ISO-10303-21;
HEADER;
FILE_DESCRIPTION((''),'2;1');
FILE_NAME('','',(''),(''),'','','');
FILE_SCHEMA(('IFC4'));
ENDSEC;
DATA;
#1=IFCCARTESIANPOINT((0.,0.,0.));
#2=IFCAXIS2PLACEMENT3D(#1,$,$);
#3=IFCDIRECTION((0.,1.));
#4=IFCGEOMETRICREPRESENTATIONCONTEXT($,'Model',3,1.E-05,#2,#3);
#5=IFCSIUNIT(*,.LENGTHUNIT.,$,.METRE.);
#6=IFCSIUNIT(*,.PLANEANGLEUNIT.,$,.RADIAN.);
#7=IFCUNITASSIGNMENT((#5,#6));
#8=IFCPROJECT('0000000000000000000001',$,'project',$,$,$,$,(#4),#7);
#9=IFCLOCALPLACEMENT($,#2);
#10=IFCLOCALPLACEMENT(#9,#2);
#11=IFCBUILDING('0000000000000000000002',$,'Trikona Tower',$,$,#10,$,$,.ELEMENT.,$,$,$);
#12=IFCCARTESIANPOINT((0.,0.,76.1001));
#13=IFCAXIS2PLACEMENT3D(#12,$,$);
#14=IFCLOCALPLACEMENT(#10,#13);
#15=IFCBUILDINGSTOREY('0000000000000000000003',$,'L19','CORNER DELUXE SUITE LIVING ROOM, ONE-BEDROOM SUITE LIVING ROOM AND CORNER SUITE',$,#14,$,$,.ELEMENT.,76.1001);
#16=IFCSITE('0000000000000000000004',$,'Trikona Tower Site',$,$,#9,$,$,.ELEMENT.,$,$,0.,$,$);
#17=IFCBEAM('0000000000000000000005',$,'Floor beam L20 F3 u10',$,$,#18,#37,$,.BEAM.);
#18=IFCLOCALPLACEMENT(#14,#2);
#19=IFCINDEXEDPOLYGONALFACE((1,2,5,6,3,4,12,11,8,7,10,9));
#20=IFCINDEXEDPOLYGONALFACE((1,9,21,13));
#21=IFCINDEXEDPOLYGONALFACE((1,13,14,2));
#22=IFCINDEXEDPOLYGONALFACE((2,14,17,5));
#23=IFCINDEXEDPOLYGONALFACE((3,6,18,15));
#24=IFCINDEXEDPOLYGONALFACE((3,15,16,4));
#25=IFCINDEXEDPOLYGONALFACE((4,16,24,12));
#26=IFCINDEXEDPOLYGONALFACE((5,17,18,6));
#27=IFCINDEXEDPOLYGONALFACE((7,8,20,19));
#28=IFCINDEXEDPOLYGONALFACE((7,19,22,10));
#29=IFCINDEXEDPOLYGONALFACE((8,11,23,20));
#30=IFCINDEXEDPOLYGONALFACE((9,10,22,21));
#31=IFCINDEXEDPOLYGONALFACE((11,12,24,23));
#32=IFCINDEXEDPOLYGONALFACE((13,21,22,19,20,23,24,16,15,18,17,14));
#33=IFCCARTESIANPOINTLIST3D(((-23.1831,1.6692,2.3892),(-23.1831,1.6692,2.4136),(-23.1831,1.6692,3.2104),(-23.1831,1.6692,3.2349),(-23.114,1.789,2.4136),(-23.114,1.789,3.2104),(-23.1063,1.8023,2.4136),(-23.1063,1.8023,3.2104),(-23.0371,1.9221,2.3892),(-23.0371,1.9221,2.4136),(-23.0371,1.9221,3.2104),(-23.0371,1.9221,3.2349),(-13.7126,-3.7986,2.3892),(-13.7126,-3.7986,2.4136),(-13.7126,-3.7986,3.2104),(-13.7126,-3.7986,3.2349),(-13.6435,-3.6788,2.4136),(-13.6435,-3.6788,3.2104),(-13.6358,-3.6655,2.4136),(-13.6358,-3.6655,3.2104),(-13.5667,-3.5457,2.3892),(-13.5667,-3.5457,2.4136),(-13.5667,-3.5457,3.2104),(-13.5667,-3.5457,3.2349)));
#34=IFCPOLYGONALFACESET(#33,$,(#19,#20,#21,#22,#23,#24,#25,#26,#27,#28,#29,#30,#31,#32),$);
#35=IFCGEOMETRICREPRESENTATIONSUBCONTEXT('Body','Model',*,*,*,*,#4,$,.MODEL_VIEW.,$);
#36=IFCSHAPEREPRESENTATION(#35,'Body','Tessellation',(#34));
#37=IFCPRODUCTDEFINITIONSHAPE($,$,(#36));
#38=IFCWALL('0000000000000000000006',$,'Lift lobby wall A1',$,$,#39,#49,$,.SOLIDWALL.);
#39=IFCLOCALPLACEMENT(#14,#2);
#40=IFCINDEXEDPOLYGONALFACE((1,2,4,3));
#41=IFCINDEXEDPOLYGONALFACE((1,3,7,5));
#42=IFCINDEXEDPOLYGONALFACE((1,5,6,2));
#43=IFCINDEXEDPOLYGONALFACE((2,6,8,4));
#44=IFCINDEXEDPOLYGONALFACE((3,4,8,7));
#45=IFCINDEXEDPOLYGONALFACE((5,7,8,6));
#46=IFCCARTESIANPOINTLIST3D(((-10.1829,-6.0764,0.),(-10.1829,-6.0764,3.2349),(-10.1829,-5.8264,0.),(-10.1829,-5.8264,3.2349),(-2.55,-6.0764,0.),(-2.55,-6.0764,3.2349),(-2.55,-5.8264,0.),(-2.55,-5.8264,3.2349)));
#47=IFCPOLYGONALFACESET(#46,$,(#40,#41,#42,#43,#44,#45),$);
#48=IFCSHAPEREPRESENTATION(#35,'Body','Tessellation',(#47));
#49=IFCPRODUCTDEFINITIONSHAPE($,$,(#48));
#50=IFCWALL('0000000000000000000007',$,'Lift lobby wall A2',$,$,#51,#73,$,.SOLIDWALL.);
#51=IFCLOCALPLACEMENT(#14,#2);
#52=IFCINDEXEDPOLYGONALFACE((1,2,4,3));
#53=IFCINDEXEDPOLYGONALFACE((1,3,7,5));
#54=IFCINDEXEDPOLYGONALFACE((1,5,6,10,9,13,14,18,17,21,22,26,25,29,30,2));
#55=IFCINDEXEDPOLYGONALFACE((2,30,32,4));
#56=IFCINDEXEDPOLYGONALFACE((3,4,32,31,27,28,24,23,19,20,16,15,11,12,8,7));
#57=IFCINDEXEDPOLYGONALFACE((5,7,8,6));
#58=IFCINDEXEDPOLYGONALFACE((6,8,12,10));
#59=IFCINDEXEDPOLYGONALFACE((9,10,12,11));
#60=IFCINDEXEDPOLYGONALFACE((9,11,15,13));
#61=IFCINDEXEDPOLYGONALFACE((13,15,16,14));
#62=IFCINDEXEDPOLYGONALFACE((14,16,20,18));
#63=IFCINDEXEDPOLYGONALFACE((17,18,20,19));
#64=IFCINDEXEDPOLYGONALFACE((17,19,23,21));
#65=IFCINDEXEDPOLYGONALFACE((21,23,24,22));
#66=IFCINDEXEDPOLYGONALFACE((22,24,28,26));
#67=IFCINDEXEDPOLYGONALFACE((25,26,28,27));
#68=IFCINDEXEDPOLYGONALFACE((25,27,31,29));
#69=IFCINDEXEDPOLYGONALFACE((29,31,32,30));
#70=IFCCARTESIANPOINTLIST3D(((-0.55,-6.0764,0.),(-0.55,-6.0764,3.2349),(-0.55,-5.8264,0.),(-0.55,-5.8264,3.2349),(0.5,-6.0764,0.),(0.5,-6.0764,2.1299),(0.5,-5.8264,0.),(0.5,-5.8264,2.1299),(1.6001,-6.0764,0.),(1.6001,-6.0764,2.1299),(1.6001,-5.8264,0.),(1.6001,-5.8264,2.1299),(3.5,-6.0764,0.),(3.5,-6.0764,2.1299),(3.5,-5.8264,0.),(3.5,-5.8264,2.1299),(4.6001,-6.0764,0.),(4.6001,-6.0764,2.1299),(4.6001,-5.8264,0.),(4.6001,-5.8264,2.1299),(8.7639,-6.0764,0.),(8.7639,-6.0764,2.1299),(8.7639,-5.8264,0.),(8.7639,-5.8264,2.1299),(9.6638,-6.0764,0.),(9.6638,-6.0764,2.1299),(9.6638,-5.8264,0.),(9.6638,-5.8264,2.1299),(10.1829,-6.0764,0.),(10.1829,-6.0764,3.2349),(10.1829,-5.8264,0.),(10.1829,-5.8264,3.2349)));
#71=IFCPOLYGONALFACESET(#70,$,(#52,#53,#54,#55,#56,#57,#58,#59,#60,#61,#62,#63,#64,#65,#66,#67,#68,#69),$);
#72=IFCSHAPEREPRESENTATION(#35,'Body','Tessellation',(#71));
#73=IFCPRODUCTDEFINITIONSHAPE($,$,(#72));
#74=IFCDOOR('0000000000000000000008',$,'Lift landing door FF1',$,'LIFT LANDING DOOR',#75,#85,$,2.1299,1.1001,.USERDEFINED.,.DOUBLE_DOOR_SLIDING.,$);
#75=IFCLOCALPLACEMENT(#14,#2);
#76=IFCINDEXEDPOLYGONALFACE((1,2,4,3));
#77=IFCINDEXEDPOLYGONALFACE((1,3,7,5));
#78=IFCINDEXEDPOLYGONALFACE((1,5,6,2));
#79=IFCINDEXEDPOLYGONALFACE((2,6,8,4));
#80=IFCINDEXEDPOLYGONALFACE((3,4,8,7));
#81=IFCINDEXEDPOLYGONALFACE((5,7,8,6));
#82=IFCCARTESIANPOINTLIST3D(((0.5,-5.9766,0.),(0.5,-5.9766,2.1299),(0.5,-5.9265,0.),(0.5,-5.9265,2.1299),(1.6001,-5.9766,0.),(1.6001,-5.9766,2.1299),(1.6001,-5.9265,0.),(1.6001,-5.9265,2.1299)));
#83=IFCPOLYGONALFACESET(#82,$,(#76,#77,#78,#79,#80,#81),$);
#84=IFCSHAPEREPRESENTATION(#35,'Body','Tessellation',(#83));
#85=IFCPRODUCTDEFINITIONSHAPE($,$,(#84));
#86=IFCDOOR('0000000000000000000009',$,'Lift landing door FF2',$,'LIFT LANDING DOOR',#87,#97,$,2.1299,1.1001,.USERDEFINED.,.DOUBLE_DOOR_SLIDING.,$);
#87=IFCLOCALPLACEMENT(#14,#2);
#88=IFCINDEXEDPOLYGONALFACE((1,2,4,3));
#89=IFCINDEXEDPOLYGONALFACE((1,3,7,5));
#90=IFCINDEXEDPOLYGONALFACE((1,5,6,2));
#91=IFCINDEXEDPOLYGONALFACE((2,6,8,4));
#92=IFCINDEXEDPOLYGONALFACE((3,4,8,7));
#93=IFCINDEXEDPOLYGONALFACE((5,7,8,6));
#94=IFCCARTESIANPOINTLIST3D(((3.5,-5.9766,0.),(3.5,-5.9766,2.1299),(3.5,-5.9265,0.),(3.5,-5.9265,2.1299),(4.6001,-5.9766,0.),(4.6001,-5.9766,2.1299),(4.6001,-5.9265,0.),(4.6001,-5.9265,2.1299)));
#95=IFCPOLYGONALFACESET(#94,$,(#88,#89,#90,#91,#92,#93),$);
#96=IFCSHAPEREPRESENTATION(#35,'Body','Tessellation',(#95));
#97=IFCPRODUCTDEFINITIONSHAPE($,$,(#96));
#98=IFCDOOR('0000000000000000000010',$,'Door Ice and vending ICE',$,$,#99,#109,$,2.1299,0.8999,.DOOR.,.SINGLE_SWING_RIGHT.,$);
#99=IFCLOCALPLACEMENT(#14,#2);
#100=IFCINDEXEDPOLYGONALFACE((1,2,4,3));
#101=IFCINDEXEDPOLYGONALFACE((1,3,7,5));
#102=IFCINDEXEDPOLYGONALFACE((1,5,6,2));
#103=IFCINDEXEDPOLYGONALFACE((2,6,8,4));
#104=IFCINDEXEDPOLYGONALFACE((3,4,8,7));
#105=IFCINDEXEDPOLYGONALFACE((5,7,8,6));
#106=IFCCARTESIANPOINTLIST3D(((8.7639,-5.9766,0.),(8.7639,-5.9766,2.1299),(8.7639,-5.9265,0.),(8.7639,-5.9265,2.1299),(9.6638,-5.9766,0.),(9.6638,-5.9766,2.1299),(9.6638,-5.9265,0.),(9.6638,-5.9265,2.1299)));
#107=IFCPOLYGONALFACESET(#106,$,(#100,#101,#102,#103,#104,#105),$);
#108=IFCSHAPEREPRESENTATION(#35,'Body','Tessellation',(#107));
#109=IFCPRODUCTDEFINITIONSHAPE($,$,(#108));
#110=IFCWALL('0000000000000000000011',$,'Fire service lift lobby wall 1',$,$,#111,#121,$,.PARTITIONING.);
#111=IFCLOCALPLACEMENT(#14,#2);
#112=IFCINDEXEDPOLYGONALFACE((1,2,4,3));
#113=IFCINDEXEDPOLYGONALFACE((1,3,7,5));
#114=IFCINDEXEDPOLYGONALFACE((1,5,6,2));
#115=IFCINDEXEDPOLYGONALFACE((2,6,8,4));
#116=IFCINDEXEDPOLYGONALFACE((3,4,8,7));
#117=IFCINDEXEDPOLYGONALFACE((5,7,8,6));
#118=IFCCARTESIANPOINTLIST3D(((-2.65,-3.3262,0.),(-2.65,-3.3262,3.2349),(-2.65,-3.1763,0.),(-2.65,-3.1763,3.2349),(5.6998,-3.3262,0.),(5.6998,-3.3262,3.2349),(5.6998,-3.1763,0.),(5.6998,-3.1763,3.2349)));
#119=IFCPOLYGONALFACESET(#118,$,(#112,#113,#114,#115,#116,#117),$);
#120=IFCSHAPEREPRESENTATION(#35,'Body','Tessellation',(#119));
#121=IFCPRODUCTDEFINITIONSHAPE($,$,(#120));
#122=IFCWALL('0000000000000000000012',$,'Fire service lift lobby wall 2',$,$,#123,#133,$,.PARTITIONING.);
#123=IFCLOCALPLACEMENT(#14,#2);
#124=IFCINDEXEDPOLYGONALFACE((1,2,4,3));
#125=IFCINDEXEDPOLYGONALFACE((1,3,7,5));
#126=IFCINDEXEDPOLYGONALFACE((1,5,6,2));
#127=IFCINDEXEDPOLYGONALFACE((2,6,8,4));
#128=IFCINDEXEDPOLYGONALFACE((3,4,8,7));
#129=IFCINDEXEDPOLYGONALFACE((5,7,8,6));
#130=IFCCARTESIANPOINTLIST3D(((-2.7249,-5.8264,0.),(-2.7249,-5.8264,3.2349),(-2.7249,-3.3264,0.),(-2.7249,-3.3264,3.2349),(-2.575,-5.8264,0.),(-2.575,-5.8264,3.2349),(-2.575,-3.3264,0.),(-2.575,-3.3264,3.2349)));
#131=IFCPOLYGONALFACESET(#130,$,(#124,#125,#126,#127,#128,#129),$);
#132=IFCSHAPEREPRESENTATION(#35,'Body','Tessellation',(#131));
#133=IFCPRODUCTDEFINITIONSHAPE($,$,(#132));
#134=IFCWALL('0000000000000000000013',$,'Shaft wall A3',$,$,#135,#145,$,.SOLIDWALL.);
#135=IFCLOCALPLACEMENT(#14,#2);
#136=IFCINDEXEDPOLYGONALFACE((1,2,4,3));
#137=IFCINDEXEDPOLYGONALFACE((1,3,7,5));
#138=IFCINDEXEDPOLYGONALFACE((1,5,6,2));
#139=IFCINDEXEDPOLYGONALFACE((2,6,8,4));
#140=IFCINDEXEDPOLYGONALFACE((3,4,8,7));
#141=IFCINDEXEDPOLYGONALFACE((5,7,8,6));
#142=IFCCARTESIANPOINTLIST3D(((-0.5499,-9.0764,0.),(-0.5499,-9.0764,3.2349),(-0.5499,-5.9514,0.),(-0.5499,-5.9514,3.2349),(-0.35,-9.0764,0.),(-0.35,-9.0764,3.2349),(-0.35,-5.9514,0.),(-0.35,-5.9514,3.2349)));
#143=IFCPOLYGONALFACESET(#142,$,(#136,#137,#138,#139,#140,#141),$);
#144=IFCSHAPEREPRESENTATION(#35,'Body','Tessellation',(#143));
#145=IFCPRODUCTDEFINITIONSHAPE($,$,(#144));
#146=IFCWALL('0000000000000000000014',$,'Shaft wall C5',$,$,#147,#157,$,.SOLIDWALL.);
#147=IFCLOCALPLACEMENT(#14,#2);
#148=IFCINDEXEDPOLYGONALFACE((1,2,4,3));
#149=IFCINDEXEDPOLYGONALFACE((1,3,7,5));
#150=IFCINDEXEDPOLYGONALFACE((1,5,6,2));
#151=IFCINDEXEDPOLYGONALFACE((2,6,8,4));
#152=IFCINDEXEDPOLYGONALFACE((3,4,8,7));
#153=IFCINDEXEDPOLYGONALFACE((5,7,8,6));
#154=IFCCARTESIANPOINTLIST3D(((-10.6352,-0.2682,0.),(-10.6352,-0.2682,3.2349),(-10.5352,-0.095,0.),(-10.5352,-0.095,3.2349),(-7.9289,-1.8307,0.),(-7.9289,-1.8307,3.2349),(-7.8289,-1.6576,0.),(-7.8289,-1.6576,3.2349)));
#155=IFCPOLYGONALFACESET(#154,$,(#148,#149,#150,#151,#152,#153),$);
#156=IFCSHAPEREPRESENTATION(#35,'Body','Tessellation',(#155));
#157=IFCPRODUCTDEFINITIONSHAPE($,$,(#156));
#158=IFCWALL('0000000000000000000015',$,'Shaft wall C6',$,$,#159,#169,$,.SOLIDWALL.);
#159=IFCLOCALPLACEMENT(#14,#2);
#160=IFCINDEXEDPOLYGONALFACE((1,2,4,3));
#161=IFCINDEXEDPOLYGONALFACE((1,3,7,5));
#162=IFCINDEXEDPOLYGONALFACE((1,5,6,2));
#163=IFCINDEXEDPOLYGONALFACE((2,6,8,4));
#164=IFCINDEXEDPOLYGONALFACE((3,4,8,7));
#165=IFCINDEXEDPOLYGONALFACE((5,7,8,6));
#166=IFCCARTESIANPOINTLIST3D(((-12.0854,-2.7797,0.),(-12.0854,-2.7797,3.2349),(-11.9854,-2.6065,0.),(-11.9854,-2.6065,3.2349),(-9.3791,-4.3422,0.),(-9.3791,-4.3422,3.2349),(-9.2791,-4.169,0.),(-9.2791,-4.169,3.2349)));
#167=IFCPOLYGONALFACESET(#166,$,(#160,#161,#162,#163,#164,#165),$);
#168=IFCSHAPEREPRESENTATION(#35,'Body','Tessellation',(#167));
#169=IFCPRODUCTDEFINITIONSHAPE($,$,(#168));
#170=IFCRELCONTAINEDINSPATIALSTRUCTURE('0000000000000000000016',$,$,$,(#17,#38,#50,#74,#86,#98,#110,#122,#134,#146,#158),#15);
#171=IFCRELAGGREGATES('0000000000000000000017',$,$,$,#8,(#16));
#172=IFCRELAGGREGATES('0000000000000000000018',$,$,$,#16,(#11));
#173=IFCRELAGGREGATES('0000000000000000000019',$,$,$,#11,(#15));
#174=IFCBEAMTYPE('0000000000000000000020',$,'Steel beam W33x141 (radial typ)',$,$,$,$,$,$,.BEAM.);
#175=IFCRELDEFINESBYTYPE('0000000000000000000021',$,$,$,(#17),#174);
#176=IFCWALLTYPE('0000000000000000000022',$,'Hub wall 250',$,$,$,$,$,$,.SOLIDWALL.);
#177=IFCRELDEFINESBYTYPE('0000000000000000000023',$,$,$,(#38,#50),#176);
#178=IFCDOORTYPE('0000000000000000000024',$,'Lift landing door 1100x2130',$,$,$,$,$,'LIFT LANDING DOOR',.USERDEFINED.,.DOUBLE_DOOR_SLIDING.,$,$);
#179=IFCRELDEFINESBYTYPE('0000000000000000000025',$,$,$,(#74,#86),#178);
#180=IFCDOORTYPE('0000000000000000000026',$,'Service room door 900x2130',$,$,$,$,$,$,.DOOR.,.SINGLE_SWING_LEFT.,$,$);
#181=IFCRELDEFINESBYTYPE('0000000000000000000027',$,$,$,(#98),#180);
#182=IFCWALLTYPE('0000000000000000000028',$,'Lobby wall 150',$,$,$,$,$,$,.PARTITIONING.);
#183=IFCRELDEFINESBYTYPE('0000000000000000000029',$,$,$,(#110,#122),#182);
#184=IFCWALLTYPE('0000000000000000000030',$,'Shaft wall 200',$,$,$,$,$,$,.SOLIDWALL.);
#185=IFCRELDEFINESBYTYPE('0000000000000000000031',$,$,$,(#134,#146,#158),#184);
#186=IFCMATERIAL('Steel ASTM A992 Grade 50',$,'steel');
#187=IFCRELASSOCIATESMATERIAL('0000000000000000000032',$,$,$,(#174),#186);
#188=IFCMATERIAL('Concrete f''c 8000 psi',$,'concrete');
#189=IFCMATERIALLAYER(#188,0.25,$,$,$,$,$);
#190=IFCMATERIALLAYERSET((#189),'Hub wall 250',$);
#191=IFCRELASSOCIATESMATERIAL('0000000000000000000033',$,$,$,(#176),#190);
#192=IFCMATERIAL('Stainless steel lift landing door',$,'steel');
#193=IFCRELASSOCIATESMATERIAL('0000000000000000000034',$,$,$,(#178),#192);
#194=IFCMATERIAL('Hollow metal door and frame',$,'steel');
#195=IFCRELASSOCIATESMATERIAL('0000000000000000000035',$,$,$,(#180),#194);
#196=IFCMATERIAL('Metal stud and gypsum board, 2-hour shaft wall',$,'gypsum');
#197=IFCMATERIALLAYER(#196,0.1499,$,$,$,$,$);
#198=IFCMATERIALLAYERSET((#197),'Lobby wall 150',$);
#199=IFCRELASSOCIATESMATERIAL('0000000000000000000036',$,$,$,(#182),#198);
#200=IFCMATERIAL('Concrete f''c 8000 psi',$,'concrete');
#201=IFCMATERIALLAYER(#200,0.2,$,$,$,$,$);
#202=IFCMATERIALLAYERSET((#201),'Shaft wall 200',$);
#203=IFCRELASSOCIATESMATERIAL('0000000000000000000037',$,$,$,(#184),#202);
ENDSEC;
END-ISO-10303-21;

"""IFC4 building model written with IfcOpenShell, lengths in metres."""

from ifc_helpers import new_model, si_unit, direction, frame, frame_2d, origin, origin_2d, place, context, subcontext, project, spatial, rectangle, i_section, extrude, material, layer, layer_set, material_profile, profile_set, type_object, element, fill, save


model = new_model("IFC4")

# Units and contexts
model_context = context("Model", 3, precision=1e-05, world=origin(), true_north=direction((0.0, 1.0)))
body_context = subcontext(model_context, "Body", "Model", "MODEL_VIEW")
ifc_project = project(units=[si_unit("LENGTHUNIT", "METRE"), si_unit("PLANEANGLEUNIT", "RADIAN")], contexts=[model_context])

# Site, building, storey
site_placement = place(None, origin())
site = spatial("IfcSite", under=ifc_project, at=site_placement, Name="Trikona Tower Site", CompositionType="ELEMENT", RefElevation=0.0)
building_placement = place(site_placement, origin())
building = spatial("IfcBuilding", under=site, at=building_placement, Name="Trikona Tower", CompositionType="ELEMENT")
storey_placement = place(building_placement, frame((0.0, 0.0, 76.1001)))
storey = spatial("IfcBuildingStorey", under=building, at=storey_placement, Name="L19", Description="CORNER DELUXE SUITE LIVING ROOM, ONE-BEDROOM SUITE LIVING ROOM AND CORNER SUITE", CompositionType="ELEMENT", Elevation=76.1001)

# Beam
ifc_material_1 = material(Name="Steel ASTM A992 Grade 50", Category="steel")
ifc_material_profile = material_profile(ifc_material_1, i_section(OverallWidth=0.292, OverallDepth=0.8457, WebThickness=0.0154, FlangeThickness=0.0244, at=origin_2d()), Name="W33X141")
ifc_profile_set = profile_set([ifc_material_profile], Name="Steel ASTM A992 Grade 50")
beam_type = type_object("IfcBeamType", Name="Steel beam W33x141 (radial typ)", PredefinedType="BEAM", material=ifc_profile_set)
beam_placement = place(storey_placement, frame((-13.6396, -3.6721, 2.812), z_axis=(-0.866025, 0.5, 0.0), x_axis=(-0.5, -0.866025, 0.0)))
element("IfcBeam", 1, at=beam_placement, inside=storey, type_object=beam_type, Name="Floor beam L20 F3 u10", PredefinedType="BEAM", context=body_context, shape_type="SweptSolid", body=[
    extrude(i_section(OverallWidth=0.292, OverallDepth=0.8457, WebThickness=0.0154, FlangeThickness=0.0244, at=origin_2d()), origin(), (0.0, 0.0, 1.0), 10.9355),
])

# Wall
ifc_material_2 = material(Name="Concrete f'c 8000 psi", Category="concrete")
ifc_layer_1 = layer(ifc_material_2, 0.25)
ifc_layer_set_1 = layer_set([ifc_layer_1], Name="Hub wall 250")
wall_type_1 = type_object("IfcWallType", Name="Hub wall 250", PredefinedType="SOLIDWALL", material=ifc_layer_set_1)
wall_1_placement = place(storey_placement, frame((-10.1829, -5.9514, 0.0), z_axis=(0.0, 0.0, 1.0), x_axis=(1.0, 0.0, 0.0)))
element("IfcWall", 2, at=wall_1_placement, inside=storey, type_object=wall_type_1, Name="Lift lobby wall A1", PredefinedType="SOLIDWALL", context=body_context, shape_type="SweptSolid", body=[
    extrude(rectangle(XDim=7.6328, YDim=0.25, at=frame_2d((3.8164, 0.0))), origin(), (0.0, 0.0, 1.0), 3.2349),
])

# Wall, openings, doors
wall_2_placement = place(storey_placement, frame((-0.55, -5.9514, 0.0), z_axis=(0.0, 0.0, 1.0), x_axis=(1.0, 0.0, 0.0)))
wall_2 = element("IfcWall", 3, at=wall_2_placement, inside=storey, type_object=wall_type_1, Name="Lift lobby wall A2", PredefinedType="SOLIDWALL", context=body_context, shape_type="SweptSolid", body=[
    extrude(rectangle(XDim=10.7329, YDim=0.25, at=frame_2d((5.3665, 0.0))), origin(), (0.0, 0.0, 1.0), 3.2349),
])
opening_1_placement = place(wall_2_placement, frame((9.314, 0.0, 0.0)))
opening_1 = element("IfcOpeningElement", 4, at=opening_1_placement, cuts=wall_2, PredefinedType="OPENING", context=body_context, shape_type="SweptSolid", body=[
    extrude(rectangle(XDim=0.8999, YDim=2.1299, at=frame_2d((0.45, 1.0649))), frame((0.0, 0.135, 0.0), z_axis=(0.0, -1.0, 0.0), x_axis=(1.0, 0.0, 0.0)), (0.0, 0.0, 1.0), 0.27),
])
opening_2_placement = place(wall_2_placement, frame((1.05, 0.0, 0.0)))
opening_2 = element("IfcOpeningElement", 5, at=opening_2_placement, cuts=wall_2, PredefinedType="OPENING", context=body_context, shape_type="SweptSolid", body=[
    extrude(rectangle(XDim=1.1001, YDim=2.1299, at=frame_2d((0.55, 1.0649))), frame((0.0, 0.135, 0.0), z_axis=(0.0, -1.0, 0.0), x_axis=(1.0, 0.0, 0.0)), (0.0, 0.0, 1.0), 0.27),
])
opening_3_placement = place(wall_2_placement, frame((4.05, 0.0, 0.0)))
opening_3 = element("IfcOpeningElement", 6, at=opening_3_placement, cuts=wall_2, PredefinedType="OPENING", context=body_context, shape_type="SweptSolid", body=[
    extrude(rectangle(XDim=1.1001, YDim=2.1299, at=frame_2d((0.55, 1.0649))), frame((0.0, 0.135, 0.0), z_axis=(0.0, -1.0, 0.0), x_axis=(1.0, 0.0, 0.0)), (0.0, 0.0, 1.0), 0.27),
])
ifc_material_3 = material(Name="Stainless steel lift landing door", Category="steel")
door_type_1 = type_object("IfcDoorType", Name="Lift landing door 1100x2130", ElementType="LIFT LANDING DOOR", OperationType="DOUBLE_DOOR_SLIDING", PredefinedType="USERDEFINED", material=ifc_material_3)
door_1_placement = place(opening_2_placement, origin())
door_1 = element("IfcDoor", 7, at=door_1_placement, inside=storey, type_object=door_type_1, Name="Lift landing door FF1", ObjectType="LIFT LANDING DOOR", OperationType="DOUBLE_DOOR_SLIDING", OverallHeight=2.1299, OverallWidth=1.1001, PredefinedType="USERDEFINED", context=body_context, shape_type="SweptSolid", body=[
    extrude(rectangle(XDim=1.1001, YDim=2.1299, at=frame_2d((0.55, 1.0649))), frame((0.0, 0.0249, 0.0), z_axis=(0.0, -1.0, 0.0), x_axis=(1.0, 0.0, 0.0)), (0.0, 0.0, 1.0), 0.05),
])
fill(opening_2, door_1)
door_2_placement = place(opening_3_placement, origin())
door_2 = element("IfcDoor", 8, at=door_2_placement, inside=storey, type_object=door_type_1, Name="Lift landing door FF2", ObjectType="LIFT LANDING DOOR", OperationType="DOUBLE_DOOR_SLIDING", OverallHeight=2.1299, OverallWidth=1.1001, PredefinedType="USERDEFINED", context=body_context, shape_type="SweptSolid", body=[
    extrude(rectangle(XDim=1.1001, YDim=2.1299, at=frame_2d((0.55, 1.0649))), frame((0.0, 0.0249, 0.0), z_axis=(0.0, -1.0, 0.0), x_axis=(1.0, 0.0, 0.0)), (0.0, 0.0, 1.0), 0.05),
])
fill(opening_3, door_2)
ifc_material_4 = material(Name="Hollow metal door and frame", Category="steel")
door_type_2 = type_object("IfcDoorType", Name="Service room door 900x2130", OperationType="SINGLE_SWING_LEFT", PredefinedType="DOOR", material=ifc_material_4)
door_3_placement = place(opening_1_placement, origin())
door_3 = element("IfcDoor", 9, at=door_3_placement, inside=storey, type_object=door_type_2, Name="Door Ice and vending ICE", OperationType="SINGLE_SWING_RIGHT", OverallHeight=2.1299, OverallWidth=0.8999, PredefinedType="DOOR", context=body_context, shape_type="SweptSolid", body=[
    extrude(rectangle(XDim=0.8999, YDim=2.1299, at=frame_2d((0.45, 1.0649))), frame((0.0, 0.0249, 0.0), z_axis=(0.0, -1.0, 0.0), x_axis=(1.0, 0.0, 0.0)), (0.0, 0.0, 1.0), 0.05),
])
fill(opening_1, door_3)

# Walls
ifc_material_5 = material(Name="Metal stud and gypsum board, 2-hour shaft wall", Category="gypsum")
ifc_layer_2 = layer(ifc_material_5, 0.1499)
ifc_layer_set_2 = layer_set([ifc_layer_2], Name="Lobby wall 150")
wall_type_2 = type_object("IfcWallType", Name="Lobby wall 150", PredefinedType="PARTITIONING", material=ifc_layer_set_2)
wall_3_placement = place(storey_placement, frame((-2.6499, -3.2512, 0.0), z_axis=(0.0, 0.0, 1.0), x_axis=(1.0, 0.0, 0.0)))
element("IfcWall", 10, at=wall_3_placement, inside=storey, type_object=wall_type_2, Name="Fire service lift lobby wall 1", PredefinedType="PARTITIONING", context=body_context, shape_type="SweptSolid", body=[
    extrude(rectangle(XDim=8.3499, YDim=0.1499, at=frame_2d((4.1748, 0.0))), origin(), (0.0, 0.0, 1.0), 3.2349),
])
wall_4_placement = place(storey_placement, frame((-2.6499, -5.8264, 0.0), z_axis=(0.0, 0.0, 1.0), x_axis=(0.0, 1.0, 0.0)))
element("IfcWall", 11, at=wall_4_placement, inside=storey, type_object=wall_type_2, Name="Fire service lift lobby wall 2", PredefinedType="PARTITIONING", context=body_context, shape_type="SweptSolid", body=[
    extrude(rectangle(XDim=2.5, YDim=0.1499, at=frame_2d((1.25, 0.0))), origin(), (0.0, 0.0, 1.0), 3.2349),
])
ifc_material_6 = material(Name="Concrete f'c 8000 psi", Category="concrete")
ifc_layer_3 = layer(ifc_material_6, 0.2)
ifc_layer_set_3 = layer_set([ifc_layer_3], Name="Shaft wall 200")
wall_type_3 = type_object("IfcWallType", Name="Shaft wall 200", PredefinedType="SOLIDWALL", material=ifc_layer_set_3)
for number, where, z_axis, x_axis, name in (
    (12, (-0.45, -5.9514, 0.0), (0.0, 0.0, 1.0), (0.0, -1.0, 0.0), "Shaft wall A3"),
    (13, (-7.8789, -1.7441, 0.0), (0.0, 0.0, 1.0), (-0.866023, 0.500004, 0.0), "Shaft wall C5"),
    (14, (-9.3291, -4.2556, 0.0), (0.0, 0.0, 1.0), (-0.866023, 0.500004, 0.0), "Shaft wall C6"),
):
    element("IfcWall", number, at=place(storey_placement, frame(where, z_axis=z_axis, x_axis=x_axis)), inside=storey, type_object=wall_type_3, Name=name, PredefinedType="SOLIDWALL", context=body_context, shape_type="SweptSolid", body=[
        extrude(rectangle(XDim=3.125, YDim=0.2, at=frame_2d((1.5625, 0.0))), origin(), (0.0, 0.0, 1.0), 3.2349),
    ])

save(model, "model.ifc")
